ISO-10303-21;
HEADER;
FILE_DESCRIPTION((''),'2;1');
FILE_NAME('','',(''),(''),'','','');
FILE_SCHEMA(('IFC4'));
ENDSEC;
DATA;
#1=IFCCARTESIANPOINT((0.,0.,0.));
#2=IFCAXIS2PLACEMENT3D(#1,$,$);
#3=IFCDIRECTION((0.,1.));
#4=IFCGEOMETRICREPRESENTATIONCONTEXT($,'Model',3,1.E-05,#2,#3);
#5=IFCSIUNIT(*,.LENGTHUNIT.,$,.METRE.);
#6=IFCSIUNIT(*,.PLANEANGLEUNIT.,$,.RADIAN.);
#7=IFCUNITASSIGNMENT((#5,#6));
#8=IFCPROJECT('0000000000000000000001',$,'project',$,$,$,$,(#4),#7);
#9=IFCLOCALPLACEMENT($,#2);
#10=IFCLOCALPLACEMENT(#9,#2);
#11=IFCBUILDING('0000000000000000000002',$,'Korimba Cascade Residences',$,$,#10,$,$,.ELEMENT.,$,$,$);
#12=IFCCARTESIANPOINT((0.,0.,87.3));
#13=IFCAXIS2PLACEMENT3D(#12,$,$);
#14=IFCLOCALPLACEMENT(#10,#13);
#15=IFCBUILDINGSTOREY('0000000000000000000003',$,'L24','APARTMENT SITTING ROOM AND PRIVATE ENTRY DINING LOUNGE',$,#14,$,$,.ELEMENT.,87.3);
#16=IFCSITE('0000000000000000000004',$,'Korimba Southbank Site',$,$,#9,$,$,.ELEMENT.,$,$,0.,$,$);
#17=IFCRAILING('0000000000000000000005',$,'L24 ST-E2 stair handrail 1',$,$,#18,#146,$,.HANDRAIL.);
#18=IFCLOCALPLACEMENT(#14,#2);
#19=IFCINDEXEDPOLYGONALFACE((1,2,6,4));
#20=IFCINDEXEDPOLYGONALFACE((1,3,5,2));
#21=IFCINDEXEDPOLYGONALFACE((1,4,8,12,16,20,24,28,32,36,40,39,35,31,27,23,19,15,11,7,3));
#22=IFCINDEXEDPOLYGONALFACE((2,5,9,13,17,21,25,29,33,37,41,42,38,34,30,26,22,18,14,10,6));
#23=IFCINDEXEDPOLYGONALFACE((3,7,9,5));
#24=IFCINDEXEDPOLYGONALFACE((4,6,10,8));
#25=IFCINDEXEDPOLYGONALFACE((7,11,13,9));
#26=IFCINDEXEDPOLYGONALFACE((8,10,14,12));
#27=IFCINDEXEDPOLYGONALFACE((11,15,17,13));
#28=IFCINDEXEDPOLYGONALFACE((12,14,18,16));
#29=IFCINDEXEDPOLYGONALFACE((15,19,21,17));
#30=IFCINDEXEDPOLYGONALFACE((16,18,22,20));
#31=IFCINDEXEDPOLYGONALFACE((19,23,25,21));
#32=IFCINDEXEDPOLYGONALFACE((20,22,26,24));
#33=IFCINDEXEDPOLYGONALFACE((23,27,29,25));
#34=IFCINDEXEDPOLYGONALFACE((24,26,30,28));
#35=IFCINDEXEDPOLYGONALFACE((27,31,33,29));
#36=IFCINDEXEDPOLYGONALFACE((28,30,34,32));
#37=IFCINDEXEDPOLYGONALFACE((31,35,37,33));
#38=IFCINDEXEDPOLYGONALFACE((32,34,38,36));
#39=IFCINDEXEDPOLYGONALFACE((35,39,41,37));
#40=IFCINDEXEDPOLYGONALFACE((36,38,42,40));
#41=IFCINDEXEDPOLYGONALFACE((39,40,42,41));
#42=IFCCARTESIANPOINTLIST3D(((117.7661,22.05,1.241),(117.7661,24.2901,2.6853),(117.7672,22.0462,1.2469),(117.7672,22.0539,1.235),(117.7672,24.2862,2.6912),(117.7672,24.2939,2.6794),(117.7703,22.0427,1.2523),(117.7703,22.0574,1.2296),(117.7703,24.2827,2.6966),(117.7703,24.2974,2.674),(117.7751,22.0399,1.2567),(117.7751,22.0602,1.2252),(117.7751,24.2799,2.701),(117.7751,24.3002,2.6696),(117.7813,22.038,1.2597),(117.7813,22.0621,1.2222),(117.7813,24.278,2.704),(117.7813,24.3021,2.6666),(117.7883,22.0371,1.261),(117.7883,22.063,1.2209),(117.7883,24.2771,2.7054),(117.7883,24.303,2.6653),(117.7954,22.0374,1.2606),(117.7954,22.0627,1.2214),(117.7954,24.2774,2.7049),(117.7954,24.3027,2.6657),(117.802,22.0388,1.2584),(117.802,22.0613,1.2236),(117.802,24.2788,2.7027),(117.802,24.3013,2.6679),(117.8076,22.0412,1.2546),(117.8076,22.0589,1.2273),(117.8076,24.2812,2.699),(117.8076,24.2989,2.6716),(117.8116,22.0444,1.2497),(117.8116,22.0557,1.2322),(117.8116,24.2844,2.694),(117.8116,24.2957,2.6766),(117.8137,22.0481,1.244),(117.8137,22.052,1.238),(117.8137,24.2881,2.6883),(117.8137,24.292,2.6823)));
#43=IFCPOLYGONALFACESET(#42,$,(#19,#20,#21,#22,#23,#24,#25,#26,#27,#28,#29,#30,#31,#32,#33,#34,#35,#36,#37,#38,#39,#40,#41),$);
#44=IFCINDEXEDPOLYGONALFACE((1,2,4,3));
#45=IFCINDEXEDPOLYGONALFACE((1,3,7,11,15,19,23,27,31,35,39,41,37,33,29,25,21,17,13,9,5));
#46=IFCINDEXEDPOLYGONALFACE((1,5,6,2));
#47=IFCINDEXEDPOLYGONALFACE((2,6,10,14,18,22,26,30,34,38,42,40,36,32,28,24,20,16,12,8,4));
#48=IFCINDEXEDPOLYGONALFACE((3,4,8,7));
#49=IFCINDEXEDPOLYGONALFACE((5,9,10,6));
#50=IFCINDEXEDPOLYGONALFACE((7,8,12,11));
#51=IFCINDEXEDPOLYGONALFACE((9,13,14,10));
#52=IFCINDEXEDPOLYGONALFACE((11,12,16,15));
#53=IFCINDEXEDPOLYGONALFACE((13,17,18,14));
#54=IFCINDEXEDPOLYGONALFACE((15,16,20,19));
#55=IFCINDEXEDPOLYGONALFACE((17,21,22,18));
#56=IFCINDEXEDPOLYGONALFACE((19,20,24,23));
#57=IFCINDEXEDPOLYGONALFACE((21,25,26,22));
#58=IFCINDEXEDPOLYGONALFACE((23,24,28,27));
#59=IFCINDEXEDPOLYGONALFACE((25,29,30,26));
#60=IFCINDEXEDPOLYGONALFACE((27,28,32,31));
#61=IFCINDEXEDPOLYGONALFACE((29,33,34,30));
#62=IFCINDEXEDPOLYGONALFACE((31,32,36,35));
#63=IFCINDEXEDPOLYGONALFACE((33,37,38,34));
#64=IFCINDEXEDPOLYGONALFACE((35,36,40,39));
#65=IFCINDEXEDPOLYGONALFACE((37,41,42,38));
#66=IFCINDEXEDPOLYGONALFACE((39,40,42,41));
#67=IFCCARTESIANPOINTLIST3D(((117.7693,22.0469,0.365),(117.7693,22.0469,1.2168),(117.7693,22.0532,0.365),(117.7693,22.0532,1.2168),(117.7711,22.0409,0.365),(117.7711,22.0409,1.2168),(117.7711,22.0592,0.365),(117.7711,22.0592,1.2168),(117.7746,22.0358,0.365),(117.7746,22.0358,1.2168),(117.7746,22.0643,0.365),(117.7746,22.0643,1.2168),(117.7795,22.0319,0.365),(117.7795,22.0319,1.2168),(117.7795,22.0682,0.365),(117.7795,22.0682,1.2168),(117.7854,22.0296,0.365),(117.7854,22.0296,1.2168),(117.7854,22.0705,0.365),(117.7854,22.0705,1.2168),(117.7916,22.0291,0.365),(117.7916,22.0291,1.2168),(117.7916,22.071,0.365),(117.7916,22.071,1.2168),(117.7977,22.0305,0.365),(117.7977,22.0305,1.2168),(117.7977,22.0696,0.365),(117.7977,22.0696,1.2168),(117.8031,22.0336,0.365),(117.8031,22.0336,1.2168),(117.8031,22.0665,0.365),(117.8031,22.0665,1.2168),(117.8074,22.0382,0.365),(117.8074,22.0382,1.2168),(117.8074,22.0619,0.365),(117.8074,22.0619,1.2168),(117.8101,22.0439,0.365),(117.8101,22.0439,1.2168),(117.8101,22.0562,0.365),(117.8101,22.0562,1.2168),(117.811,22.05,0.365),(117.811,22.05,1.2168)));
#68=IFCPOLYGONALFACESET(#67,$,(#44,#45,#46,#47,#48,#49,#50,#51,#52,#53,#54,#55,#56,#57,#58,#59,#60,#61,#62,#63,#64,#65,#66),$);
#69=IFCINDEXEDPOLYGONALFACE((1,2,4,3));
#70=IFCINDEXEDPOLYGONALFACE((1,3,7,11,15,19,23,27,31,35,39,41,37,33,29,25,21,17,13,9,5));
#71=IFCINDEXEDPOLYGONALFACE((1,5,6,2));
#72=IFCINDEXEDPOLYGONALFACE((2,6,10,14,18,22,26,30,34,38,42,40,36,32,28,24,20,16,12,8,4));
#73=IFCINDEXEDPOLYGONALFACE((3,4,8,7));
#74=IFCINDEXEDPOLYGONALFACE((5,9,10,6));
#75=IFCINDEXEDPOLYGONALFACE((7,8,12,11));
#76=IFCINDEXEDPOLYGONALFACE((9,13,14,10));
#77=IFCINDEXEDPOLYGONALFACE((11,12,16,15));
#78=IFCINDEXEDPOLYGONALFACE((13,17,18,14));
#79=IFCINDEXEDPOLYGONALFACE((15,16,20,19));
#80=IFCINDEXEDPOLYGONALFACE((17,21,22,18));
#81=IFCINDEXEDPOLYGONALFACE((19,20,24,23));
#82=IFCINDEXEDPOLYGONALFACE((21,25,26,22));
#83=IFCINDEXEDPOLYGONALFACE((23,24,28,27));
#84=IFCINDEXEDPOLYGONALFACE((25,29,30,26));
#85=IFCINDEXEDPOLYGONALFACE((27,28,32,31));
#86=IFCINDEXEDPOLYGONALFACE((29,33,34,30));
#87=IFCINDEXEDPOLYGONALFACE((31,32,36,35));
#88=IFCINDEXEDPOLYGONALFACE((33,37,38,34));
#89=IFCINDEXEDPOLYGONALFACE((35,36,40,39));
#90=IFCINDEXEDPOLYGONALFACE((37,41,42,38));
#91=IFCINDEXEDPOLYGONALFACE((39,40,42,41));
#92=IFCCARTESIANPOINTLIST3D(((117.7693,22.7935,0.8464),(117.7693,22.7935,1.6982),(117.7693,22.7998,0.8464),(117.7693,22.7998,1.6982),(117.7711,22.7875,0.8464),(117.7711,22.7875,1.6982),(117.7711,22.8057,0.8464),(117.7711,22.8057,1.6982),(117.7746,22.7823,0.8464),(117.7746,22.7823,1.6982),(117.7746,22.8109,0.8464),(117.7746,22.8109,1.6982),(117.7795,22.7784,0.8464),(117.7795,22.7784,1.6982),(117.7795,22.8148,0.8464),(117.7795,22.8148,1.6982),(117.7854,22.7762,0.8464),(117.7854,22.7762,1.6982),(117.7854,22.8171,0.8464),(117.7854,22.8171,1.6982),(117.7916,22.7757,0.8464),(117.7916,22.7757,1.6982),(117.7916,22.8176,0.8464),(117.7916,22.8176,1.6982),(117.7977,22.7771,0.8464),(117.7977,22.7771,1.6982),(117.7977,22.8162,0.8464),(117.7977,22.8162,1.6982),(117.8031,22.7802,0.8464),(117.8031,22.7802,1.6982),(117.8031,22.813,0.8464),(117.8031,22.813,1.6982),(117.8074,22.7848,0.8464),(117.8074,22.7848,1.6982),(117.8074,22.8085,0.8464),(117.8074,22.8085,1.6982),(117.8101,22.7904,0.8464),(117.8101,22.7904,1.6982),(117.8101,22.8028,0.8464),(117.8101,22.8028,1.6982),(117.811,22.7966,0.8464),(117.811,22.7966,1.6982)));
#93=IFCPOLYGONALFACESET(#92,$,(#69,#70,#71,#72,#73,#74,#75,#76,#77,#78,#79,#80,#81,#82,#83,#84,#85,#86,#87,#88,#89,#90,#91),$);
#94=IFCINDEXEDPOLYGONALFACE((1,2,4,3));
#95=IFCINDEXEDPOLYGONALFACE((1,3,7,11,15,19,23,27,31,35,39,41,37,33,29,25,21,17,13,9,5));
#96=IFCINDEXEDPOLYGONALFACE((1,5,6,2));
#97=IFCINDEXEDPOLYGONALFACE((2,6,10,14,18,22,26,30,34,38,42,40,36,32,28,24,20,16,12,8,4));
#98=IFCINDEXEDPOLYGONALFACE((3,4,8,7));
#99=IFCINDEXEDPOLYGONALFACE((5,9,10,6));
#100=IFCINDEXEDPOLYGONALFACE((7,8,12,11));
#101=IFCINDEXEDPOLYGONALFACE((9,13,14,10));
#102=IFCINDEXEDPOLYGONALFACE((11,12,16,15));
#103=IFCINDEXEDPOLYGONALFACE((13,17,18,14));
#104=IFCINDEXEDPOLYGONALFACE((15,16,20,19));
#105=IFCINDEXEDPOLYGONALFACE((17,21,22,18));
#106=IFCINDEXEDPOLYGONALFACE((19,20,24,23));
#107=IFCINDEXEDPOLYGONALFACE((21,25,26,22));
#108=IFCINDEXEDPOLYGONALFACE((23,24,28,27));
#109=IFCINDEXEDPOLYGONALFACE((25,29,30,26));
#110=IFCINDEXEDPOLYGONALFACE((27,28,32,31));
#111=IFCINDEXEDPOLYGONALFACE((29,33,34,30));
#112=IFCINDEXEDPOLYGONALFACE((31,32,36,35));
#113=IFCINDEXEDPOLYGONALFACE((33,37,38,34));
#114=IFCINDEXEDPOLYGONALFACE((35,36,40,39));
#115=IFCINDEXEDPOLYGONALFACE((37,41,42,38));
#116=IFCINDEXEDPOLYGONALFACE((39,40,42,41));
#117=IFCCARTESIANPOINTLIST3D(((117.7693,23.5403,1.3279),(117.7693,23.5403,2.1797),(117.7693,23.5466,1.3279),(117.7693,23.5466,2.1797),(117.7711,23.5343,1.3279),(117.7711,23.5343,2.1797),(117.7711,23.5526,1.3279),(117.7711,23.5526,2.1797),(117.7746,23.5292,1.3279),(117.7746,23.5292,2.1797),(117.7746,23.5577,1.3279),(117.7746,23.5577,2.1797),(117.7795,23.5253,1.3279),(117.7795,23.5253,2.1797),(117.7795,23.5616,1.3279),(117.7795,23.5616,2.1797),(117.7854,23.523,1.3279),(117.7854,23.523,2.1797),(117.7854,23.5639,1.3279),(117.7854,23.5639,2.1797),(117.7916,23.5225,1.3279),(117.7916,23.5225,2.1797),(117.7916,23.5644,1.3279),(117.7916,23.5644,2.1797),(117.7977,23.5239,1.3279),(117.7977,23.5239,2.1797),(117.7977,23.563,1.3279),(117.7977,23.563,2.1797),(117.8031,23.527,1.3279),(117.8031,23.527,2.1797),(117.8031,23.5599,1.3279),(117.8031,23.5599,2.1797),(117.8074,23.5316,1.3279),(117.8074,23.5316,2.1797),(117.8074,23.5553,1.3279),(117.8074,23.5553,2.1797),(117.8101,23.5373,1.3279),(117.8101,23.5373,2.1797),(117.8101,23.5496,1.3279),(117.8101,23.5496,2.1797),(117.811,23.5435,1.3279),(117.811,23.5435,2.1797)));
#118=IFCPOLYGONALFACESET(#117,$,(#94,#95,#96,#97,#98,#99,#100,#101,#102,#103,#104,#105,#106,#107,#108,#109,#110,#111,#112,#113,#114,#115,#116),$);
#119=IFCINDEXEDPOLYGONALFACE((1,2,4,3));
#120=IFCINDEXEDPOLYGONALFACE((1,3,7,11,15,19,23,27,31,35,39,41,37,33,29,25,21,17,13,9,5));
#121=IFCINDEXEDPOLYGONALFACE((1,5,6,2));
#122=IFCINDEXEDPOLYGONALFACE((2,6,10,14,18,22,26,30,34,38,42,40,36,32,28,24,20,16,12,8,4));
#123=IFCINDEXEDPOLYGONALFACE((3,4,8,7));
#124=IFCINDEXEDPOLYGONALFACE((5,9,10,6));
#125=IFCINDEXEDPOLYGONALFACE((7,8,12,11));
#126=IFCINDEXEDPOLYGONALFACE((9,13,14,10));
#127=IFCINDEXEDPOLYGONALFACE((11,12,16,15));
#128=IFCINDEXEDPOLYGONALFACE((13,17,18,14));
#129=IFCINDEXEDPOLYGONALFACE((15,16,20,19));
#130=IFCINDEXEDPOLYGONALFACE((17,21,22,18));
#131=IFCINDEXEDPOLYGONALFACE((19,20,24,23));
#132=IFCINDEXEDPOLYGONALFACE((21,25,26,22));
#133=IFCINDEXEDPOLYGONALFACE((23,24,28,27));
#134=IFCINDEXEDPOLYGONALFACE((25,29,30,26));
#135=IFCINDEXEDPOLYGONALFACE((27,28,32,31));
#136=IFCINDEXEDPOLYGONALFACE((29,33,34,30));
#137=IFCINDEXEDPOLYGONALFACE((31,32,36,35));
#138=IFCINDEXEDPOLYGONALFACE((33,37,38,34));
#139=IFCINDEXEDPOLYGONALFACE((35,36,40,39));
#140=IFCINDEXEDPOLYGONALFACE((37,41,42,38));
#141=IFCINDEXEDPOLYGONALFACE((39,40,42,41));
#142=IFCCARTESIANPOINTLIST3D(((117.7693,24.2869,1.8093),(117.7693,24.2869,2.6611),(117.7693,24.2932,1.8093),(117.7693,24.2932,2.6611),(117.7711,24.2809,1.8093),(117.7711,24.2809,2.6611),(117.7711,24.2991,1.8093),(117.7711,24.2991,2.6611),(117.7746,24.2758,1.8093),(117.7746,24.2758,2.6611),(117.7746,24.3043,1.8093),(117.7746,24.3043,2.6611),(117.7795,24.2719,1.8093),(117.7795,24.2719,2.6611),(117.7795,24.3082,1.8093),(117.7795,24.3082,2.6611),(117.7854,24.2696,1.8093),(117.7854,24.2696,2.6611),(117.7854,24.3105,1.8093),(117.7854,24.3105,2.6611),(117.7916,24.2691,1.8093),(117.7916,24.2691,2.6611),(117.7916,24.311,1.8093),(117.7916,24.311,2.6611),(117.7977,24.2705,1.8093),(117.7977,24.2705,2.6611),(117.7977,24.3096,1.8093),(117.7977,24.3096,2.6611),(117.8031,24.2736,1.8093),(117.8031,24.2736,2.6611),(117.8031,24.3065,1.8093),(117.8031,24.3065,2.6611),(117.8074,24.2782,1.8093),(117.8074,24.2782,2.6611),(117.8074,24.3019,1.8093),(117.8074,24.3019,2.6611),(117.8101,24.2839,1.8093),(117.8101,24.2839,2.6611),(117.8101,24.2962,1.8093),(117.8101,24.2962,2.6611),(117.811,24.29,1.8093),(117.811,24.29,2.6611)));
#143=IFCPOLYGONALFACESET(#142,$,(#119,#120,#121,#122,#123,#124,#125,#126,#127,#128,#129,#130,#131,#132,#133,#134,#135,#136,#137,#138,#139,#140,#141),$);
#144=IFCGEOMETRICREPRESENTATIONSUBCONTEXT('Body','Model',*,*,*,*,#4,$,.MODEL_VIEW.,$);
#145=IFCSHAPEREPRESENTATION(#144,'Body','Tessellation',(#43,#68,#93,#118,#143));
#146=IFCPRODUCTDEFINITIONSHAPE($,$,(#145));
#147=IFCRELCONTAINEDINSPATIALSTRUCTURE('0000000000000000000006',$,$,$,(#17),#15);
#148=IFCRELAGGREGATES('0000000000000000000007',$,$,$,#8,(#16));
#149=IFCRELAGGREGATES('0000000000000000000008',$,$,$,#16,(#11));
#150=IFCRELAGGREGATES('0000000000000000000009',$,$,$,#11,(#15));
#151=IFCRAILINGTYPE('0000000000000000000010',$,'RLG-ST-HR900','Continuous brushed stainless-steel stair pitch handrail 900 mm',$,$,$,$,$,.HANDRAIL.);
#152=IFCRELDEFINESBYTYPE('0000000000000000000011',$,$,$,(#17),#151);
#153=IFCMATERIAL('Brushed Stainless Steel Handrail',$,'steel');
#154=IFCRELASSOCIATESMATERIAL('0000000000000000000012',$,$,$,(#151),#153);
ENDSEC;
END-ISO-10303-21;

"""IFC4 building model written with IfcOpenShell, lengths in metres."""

from ifc_helpers import new_model, si_unit, direction, frame, origin, origin_2d, place, context, subcontext, project, spatial, circle, extrude, material, type_object, element, save


model = new_model("IFC4")

# Units and contexts
model_context = context("Model", 3, precision=1e-05, world=origin(), true_north=direction((0.0, 1.0)))
body_context = subcontext(model_context, "Body", "Model", "MODEL_VIEW")
ifc_project = project(units=[si_unit("LENGTHUNIT", "METRE"), si_unit("PLANEANGLEUNIT", "RADIAN")], contexts=[model_context])

# Site, building, storey
site_placement = place(None, origin())
site = spatial("IfcSite", under=ifc_project, at=site_placement, Name="Korimba Southbank Site", CompositionType="ELEMENT", RefElevation=0.0)
building_placement = place(site_placement, origin())
building = spatial("IfcBuilding", under=site, at=building_placement, Name="Korimba Cascade Residences", CompositionType="ELEMENT")
storey_placement = place(building_placement, frame((0.0, 0.0, 87.3)))
storey = spatial("IfcBuildingStorey", under=building, at=storey_placement, Name="L24", Description="APARTMENT SITTING ROOM AND PRIVATE ENTRY DINING LOUNGE", CompositionType="ELEMENT", Elevation=87.3)

# Railing
ifc_material_1 = material(Name="Brushed Stainless Steel Handrail", Category="steel")
railing_type_1 = type_object("IfcRailingType", Name="RLG-ST-HR900", Description="Continuous brushed stainless-steel stair pitch handrail 900 mm", PredefinedType="HANDRAIL", material=ifc_material_1)
railing_1_placement = place(storey_placement, frame((117.79, 22.05, 0.365)))
element("IfcRailing", 1, at=railing_1_placement, inside=storey, type_object=railing_type_1, Name="L24 ST-E2 stair handrail 1", PredefinedType="HANDRAIL", context=body_context, shape_type="SweptSolid", body=[
    extrude(circle(Radius=0.0239, at=origin_2d()), frame((0.0, 0.0, 0.876), z_axis=(0.0, 0.840437, 0.54191), x_axis=(-1.0, 0.0, 0.0)), (0.0, 0.0, 1.0), 2.6653),
    extrude(circle(Radius=0.021, at=origin_2d()), origin(), (0.0, 0.0, 1.0), 0.8518),
    extrude(circle(Radius=0.021, at=origin_2d()), frame((0.0, 0.7466, 0.4814)), (0.0, 0.0, 1.0), 0.8518),
    extrude(circle(Radius=0.021, at=origin_2d()), frame((0.0, 1.4934, 0.9629)), (0.0, 0.0, 1.0), 0.8518),
    extrude(circle(Radius=0.021, at=origin_2d()), frame((0.0, 2.24, 1.4443)), (0.0, 0.0, 1.0), 0.8518),
])

save(model, "model.ifc")
